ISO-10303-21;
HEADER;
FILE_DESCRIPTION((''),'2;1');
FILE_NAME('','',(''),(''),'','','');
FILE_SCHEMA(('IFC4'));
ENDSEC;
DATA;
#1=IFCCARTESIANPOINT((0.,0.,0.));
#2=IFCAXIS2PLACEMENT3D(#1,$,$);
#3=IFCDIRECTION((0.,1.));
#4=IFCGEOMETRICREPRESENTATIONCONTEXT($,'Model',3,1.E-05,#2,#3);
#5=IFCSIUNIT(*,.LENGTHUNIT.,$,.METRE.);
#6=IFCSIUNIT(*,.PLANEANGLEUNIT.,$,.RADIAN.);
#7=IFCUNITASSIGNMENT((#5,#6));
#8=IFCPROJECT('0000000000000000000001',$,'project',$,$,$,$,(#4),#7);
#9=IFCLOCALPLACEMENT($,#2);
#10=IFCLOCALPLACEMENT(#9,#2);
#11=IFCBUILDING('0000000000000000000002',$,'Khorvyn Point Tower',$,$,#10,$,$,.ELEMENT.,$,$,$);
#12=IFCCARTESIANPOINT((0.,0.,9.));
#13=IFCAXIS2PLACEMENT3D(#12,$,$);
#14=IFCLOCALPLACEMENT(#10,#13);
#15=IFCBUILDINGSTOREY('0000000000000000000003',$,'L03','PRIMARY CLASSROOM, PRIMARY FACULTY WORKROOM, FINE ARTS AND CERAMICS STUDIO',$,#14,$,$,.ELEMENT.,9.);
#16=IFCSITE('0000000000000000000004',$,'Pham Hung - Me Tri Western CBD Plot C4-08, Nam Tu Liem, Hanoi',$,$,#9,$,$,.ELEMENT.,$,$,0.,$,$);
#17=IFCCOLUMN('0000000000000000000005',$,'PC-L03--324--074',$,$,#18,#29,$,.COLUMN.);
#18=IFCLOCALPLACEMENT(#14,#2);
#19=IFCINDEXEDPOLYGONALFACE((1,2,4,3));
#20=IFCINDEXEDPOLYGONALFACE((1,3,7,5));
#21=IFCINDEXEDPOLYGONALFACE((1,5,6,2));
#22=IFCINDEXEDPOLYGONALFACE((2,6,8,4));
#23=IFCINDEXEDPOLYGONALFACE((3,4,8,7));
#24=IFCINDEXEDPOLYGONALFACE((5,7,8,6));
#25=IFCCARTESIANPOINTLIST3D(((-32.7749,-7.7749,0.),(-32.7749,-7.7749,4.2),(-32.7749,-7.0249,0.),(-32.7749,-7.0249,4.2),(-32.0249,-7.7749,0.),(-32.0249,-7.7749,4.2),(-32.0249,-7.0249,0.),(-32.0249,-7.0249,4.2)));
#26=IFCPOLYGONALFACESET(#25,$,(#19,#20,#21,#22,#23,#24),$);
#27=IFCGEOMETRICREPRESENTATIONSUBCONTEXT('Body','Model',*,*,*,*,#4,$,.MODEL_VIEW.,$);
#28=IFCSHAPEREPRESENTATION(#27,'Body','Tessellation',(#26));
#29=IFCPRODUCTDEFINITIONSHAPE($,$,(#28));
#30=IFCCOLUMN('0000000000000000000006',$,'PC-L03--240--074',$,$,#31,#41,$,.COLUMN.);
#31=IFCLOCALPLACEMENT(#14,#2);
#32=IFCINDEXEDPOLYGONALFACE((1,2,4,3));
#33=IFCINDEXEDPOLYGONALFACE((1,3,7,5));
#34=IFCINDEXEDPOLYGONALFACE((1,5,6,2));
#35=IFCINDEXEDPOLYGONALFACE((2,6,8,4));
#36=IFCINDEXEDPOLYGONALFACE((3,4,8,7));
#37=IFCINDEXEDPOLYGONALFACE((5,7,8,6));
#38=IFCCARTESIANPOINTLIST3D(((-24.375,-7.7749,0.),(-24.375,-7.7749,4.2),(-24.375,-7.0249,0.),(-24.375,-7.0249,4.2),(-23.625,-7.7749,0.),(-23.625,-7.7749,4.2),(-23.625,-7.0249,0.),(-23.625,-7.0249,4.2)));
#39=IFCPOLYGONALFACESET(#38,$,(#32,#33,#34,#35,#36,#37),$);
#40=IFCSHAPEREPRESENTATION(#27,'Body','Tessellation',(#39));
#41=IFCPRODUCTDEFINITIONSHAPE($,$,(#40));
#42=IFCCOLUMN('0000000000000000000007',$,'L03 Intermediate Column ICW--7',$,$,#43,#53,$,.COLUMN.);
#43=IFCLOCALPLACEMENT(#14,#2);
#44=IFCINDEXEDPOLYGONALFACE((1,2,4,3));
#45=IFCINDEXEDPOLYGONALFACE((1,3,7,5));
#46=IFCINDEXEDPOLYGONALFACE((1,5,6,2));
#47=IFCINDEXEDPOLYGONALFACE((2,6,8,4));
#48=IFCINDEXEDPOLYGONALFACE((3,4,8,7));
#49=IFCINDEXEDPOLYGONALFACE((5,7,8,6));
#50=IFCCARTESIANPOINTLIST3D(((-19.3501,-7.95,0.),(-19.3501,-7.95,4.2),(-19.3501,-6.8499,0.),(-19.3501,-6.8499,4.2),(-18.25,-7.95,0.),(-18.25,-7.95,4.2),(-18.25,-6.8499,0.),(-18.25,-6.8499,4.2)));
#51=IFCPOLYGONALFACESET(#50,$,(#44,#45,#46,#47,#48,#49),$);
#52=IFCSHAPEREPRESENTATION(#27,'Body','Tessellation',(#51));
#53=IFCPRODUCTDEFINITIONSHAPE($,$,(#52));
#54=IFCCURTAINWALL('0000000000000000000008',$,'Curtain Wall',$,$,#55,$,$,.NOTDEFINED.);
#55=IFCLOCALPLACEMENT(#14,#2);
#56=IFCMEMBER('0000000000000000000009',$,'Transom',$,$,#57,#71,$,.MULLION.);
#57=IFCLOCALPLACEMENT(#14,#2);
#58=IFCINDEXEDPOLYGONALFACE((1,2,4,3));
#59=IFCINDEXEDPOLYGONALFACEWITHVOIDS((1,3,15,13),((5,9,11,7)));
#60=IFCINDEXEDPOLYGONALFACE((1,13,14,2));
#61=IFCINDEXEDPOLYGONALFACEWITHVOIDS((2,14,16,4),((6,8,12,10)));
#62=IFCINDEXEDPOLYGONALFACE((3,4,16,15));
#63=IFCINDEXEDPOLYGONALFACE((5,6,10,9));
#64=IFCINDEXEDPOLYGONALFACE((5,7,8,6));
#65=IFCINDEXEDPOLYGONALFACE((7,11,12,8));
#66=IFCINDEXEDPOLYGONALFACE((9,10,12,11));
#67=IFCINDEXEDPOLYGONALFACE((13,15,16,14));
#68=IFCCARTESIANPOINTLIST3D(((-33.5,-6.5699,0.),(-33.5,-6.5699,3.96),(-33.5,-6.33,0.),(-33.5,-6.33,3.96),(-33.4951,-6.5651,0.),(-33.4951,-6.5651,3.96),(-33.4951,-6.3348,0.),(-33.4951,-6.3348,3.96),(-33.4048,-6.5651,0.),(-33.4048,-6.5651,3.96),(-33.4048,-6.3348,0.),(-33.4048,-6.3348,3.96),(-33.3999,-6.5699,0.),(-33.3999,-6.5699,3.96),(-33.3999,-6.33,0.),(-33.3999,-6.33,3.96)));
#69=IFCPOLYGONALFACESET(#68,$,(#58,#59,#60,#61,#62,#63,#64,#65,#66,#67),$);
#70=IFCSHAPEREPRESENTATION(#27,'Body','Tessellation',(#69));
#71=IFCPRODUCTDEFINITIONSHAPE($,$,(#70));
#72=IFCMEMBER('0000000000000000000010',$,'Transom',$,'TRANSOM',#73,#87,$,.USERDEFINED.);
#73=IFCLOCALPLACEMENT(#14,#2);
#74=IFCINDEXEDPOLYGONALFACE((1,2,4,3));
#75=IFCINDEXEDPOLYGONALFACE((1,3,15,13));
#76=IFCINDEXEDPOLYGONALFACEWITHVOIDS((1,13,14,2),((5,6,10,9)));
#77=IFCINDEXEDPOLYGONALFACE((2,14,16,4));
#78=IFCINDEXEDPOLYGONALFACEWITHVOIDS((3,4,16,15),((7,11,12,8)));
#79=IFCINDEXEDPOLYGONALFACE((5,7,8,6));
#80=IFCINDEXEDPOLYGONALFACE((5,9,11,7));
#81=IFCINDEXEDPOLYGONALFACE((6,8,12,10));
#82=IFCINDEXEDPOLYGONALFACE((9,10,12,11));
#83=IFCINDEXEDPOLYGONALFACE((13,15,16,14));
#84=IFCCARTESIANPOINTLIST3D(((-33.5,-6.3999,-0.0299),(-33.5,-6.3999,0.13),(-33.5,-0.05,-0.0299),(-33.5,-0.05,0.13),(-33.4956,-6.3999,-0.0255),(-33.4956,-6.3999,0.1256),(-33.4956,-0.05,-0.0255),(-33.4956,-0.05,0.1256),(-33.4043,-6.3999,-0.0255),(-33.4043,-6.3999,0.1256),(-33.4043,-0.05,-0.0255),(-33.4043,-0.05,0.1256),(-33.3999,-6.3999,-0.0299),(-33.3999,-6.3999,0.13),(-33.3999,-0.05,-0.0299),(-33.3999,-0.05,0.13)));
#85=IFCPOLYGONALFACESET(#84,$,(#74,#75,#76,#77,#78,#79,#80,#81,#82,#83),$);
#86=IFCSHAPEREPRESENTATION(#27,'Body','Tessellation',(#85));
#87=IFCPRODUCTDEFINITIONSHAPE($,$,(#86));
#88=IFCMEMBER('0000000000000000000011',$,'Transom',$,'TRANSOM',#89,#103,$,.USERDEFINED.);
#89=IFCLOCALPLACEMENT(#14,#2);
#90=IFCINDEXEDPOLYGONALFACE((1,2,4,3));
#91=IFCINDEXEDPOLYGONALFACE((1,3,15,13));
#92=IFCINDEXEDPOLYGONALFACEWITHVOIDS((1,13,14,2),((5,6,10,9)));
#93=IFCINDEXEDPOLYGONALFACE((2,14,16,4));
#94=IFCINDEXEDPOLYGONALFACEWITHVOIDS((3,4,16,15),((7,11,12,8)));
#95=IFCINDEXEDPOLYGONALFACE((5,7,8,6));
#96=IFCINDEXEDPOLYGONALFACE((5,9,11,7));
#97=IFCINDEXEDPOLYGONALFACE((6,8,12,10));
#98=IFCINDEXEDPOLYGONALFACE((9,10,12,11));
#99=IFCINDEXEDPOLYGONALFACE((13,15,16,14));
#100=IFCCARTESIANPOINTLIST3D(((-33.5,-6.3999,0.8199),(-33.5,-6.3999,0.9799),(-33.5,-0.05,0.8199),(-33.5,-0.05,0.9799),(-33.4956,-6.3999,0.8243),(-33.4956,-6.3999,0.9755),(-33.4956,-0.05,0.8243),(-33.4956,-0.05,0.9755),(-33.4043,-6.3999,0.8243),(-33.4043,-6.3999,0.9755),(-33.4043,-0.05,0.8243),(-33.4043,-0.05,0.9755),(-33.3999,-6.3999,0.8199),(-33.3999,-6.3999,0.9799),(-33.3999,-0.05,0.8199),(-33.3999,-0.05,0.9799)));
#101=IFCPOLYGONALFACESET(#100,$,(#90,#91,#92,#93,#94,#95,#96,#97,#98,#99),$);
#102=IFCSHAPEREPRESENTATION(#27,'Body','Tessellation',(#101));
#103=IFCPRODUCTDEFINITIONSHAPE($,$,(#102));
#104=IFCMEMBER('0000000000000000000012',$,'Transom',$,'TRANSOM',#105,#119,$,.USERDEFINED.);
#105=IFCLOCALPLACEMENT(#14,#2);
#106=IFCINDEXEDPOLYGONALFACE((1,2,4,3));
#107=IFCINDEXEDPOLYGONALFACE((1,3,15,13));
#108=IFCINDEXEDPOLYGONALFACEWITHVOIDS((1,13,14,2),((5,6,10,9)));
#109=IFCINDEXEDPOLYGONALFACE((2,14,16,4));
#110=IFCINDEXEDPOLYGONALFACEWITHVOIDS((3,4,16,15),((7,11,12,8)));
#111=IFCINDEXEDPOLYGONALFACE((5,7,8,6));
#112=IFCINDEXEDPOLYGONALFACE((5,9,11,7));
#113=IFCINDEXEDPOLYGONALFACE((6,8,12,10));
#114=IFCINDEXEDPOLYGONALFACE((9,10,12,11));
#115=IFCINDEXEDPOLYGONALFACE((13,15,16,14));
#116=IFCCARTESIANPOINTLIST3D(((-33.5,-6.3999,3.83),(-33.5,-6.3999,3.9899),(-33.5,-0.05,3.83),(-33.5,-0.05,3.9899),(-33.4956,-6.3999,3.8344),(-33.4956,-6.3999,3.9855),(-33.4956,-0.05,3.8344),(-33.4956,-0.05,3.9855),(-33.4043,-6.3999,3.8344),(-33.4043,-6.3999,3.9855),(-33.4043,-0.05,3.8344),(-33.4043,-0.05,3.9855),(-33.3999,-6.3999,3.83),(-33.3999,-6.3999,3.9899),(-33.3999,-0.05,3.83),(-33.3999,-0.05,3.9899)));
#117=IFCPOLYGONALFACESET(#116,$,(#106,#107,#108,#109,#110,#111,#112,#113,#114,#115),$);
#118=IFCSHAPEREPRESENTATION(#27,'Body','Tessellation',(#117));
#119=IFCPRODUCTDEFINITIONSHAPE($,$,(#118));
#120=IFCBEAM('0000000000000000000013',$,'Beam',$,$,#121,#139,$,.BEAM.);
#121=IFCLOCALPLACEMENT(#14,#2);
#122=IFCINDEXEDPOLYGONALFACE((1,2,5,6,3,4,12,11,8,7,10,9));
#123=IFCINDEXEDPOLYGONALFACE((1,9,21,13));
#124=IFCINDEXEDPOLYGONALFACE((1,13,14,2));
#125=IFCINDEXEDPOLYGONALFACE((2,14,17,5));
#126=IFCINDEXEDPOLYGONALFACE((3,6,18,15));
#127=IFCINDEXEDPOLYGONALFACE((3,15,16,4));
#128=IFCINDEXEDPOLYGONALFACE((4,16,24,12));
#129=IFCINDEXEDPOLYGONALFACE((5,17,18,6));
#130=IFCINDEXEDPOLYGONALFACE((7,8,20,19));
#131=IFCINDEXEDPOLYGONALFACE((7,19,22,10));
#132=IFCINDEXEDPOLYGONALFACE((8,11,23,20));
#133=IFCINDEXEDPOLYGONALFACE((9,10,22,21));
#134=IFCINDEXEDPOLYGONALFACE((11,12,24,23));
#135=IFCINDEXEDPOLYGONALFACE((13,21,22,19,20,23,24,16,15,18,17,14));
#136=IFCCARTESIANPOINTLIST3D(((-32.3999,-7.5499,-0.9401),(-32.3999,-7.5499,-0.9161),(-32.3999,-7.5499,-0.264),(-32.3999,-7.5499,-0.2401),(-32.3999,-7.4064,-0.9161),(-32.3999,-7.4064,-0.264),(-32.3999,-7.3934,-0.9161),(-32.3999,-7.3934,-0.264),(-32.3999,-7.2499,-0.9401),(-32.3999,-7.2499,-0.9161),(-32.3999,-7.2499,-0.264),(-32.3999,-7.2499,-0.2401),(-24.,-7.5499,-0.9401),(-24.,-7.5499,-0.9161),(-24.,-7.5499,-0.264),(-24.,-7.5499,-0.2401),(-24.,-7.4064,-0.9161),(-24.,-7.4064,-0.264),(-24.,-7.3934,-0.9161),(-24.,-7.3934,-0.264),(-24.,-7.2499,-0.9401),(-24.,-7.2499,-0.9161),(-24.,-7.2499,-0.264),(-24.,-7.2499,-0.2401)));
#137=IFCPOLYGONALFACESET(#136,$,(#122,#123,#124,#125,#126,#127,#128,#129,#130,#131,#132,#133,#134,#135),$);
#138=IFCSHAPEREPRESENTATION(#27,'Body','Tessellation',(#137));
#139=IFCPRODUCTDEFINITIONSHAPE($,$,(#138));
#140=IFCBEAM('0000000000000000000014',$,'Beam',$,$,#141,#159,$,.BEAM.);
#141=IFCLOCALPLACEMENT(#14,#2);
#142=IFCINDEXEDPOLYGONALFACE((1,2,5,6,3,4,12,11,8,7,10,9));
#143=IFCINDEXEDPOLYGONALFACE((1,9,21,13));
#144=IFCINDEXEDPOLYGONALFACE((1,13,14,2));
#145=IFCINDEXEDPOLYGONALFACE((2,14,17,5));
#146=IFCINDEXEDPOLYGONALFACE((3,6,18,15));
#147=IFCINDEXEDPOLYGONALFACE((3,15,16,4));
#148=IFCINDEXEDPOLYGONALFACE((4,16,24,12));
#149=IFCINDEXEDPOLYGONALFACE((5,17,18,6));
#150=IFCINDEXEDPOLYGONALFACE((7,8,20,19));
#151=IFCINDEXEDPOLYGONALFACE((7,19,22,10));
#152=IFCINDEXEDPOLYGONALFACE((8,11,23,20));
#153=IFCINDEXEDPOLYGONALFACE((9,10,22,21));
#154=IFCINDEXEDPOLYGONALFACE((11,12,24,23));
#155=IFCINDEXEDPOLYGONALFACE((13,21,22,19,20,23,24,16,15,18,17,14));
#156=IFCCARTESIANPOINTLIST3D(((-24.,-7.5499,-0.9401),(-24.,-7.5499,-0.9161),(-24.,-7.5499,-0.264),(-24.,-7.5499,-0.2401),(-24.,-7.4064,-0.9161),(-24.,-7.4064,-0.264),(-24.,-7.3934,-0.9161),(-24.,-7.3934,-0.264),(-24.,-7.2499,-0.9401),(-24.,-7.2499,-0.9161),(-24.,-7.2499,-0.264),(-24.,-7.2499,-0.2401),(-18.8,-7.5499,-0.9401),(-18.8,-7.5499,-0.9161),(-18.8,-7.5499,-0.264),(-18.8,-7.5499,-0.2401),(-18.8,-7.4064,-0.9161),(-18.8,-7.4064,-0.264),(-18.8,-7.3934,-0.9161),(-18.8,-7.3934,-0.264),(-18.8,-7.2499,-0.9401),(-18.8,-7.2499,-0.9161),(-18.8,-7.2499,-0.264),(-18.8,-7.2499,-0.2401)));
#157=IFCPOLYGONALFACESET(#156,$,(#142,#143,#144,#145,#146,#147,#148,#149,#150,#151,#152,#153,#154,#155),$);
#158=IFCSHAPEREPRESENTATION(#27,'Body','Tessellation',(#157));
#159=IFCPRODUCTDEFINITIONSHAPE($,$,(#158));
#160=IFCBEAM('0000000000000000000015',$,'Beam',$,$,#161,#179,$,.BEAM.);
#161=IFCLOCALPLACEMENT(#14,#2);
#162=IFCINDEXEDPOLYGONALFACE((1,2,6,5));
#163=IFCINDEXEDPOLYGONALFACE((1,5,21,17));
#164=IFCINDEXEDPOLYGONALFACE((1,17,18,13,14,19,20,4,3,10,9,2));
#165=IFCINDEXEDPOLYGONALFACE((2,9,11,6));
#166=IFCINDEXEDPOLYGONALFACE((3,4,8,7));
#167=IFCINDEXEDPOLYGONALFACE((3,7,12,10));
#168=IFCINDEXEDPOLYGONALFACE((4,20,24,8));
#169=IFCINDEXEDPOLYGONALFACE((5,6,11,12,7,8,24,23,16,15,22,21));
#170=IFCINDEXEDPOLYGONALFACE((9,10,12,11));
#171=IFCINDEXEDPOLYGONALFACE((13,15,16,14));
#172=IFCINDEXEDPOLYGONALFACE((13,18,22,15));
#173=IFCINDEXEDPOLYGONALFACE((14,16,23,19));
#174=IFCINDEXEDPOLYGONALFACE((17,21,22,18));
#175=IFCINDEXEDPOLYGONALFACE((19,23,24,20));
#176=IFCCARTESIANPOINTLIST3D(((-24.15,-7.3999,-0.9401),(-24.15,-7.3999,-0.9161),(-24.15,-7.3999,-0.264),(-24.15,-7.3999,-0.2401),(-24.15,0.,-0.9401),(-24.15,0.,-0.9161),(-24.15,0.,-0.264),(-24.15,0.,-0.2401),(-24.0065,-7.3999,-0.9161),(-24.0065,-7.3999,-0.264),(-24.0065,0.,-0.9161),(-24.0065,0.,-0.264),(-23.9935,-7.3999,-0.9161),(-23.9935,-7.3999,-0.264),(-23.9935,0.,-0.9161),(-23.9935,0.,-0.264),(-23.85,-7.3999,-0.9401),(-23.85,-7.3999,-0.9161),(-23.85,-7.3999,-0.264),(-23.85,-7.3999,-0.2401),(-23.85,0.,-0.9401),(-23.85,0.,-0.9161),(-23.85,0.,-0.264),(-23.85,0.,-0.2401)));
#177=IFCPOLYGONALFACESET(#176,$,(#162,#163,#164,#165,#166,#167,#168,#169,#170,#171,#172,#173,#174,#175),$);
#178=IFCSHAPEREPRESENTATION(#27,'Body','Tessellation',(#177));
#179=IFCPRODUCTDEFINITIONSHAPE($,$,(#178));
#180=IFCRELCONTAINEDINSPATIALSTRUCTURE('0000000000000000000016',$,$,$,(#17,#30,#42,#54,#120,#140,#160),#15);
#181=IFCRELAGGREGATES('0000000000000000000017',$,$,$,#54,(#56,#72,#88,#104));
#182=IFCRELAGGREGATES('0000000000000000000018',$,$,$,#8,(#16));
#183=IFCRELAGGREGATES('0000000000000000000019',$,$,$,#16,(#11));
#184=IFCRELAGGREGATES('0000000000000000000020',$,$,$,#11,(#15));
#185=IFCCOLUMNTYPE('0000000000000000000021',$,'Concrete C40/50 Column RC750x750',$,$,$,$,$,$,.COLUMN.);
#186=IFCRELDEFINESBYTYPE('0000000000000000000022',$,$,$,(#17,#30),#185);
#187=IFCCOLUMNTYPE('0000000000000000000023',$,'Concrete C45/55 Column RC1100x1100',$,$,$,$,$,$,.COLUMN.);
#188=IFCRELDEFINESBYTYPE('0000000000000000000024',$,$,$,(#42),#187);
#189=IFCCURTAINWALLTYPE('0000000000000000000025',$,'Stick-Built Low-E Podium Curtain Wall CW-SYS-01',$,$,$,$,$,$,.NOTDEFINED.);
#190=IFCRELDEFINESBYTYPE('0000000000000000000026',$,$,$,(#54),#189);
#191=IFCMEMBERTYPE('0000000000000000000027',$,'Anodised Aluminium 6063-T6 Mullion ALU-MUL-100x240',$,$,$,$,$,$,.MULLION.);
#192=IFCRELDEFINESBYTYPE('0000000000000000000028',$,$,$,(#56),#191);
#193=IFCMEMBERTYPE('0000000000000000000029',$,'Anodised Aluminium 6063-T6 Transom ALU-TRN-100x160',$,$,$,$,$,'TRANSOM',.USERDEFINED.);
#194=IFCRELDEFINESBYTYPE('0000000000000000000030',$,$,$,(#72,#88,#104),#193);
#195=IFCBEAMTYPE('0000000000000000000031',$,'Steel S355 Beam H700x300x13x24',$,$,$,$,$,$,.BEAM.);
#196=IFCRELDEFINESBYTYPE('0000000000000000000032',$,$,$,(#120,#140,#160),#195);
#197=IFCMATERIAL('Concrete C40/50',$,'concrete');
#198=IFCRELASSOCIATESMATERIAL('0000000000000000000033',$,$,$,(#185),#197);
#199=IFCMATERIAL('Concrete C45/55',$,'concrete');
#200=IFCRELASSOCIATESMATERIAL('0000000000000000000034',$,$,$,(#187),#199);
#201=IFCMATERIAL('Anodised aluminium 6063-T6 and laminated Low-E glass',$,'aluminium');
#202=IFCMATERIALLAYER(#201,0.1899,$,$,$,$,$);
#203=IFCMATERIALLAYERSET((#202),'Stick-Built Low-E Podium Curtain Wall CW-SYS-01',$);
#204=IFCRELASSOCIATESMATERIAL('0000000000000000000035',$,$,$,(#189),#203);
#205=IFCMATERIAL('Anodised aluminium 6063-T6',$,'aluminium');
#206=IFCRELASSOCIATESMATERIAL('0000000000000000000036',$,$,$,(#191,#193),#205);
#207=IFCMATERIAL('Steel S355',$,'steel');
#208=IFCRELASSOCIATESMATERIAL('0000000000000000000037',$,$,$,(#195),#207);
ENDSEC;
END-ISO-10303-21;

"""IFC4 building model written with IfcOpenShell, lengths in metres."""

from ifc_helpers import new_model, si_unit, direction, frame, origin, origin_2d, place, context, subcontext, project, spatial, rectangle, hollow_rectangle, i_section, extrude, material, layer, layer_set, material_profile, profile_set, type_object, element, aggregate, save


model = new_model("IFC4")

# Units and contexts
model_context = context("Model", 3, precision=1e-05, world=origin(), true_north=direction((0.0, 1.0)))
body_context = subcontext(model_context, "Body", "Model", "MODEL_VIEW")
ifc_project = project(units=[si_unit("LENGTHUNIT", "METRE"), si_unit("PLANEANGLEUNIT", "RADIAN")], contexts=[model_context])

# Site, building, storey
site_placement = place(None, origin())
site = spatial("IfcSite", under=ifc_project, at=site_placement, Name="Pham Hung - Me Tri Western CBD Plot C4-08, Nam Tu Liem, Hanoi", CompositionType="ELEMENT", RefElevation=0.0)
building_placement = place(site_placement, origin())
building = spatial("IfcBuilding", under=site, at=building_placement, Name="Khorvyn Point Tower", CompositionType="ELEMENT")
storey_placement = place(building_placement, frame((0.0, 0.0, 9.0)))
storey = spatial("IfcBuildingStorey", under=building, at=storey_placement, Name="L03", Description="PRIMARY CLASSROOM, PRIMARY FACULTY WORKROOM, FINE ARTS AND CERAMICS STUDIO", CompositionType="ELEMENT", Elevation=9.0)

# Columns
ifc_material_1 = material(Name="Concrete C40/50", Category="concrete")
ifc_material_profile_1 = material_profile(ifc_material_1, rectangle(XDim=0.75, YDim=0.75, at=origin_2d()))
ifc_profile_set_1 = profile_set([ifc_material_profile_1], Name="Concrete C40/50 RC750x750")
column_type_1 = type_object("IfcColumnType", Name="Concrete C40/50 Column RC750x750", PredefinedType="COLUMN", material=ifc_profile_set_1)
for number, where, z_axis, x_axis, name in (
    (1, (-32.3999, -7.3999, 0.0), (0.0, 0.0, 1.0), (1.0, 0.0, 0.0), "PC-L03--324--074"),
    (2, (-24.0, -7.3999, 0.0), (0.0, 0.0, 1.0), (1.0, 0.0, 0.0), "PC-L03--240--074"),
):
    element("IfcColumn", number, at=place(storey_placement, frame(where, z_axis=z_axis, x_axis=x_axis)), inside=storey, type_object=column_type_1, Name=name, PredefinedType="COLUMN", context=body_context, shape_type="SweptSolid", body=[
        extrude(rectangle(XDim=0.75, YDim=0.75, at=origin_2d()), origin(), (0.0, 0.0, 1.0), 4.2),
    ])
ifc_material_2 = material(Name="Concrete C45/55", Category="concrete")
ifc_material_profile_2 = material_profile(ifc_material_2, rectangle(XDim=1.1001, YDim=1.1001, at=origin_2d()))
ifc_profile_set_2 = profile_set([ifc_material_profile_2], Name="Concrete C45/55 RC1100x1100")
column_type_2 = type_object("IfcColumnType", Name="Concrete C45/55 Column RC1100x1100", PredefinedType="COLUMN", material=ifc_profile_set_2)
column_placement = place(storey_placement, frame((-18.8, -7.3999, 0.0), z_axis=(0.0, 0.0, 1.0), x_axis=(1.0, 0.0, 0.0)))
element("IfcColumn", 3, at=column_placement, inside=storey, type_object=column_type_2, Name="L03 Intermediate Column ICW--7", PredefinedType="COLUMN", context=body_context, shape_type="SweptSolid", body=[
    extrude(rectangle(XDim=1.1001, YDim=1.1001, at=origin_2d()), origin(), (0.0, 0.0, 1.0), 4.2),
])

# Curtain wall, members
ifc_material_3 = material(Name="Anodised aluminium 6063-T6 and laminated Low-E glass", Category="aluminium")
ifc_layer_1 = layer(ifc_material_3, 0.1899)
ifc_layer_set_1 = layer_set([ifc_layer_1], Name="Stick-Built Low-E Podium Curtain Wall CW-SYS-01")
curtain_wall_type = type_object("IfcCurtainWallType", Name="Stick-Built Low-E Podium Curtain Wall CW-SYS-01", PredefinedType="NOTDEFINED", material=ifc_layer_set_1)
curtain_wall_placement = place(storey_placement, origin())
curtain_wall = element("IfcCurtainWall", 4, at=curtain_wall_placement, inside=storey, type_object=curtain_wall_type, Name="Curtain Wall", PredefinedType="NOTDEFINED")
ifc_material_4 = material(Name="Anodised aluminium 6063-T6", Category="aluminium")
ifc_material_profile_3 = material_profile(ifc_material_4, hollow_rectangle(XDim=0.1001, YDim=0.24, WallThickness=0.0049, at=origin_2d()))
ifc_profile_set_3 = profile_set([ifc_material_profile_3], Name="Anodised aluminium 6063-T6 ALU-MUL-100x240")
member_type_1 = type_object("IfcMemberType", Name="Anodised Aluminium 6063-T6 Mullion ALU-MUL-100x240", PredefinedType="MULLION", material=ifc_profile_set_3)
member_1_placement = place(storey_placement, frame((-33.45, -6.45, 0.0), z_axis=(0.0, 0.0, 1.0), x_axis=(-1.0, 0.0, 0.0)))
member_1 = element("IfcMember", 5, at=member_1_placement, type_object=member_type_1, Name="Transom", PredefinedType="MULLION", context=body_context, shape_type="SweptSolid", body=[
    extrude(hollow_rectangle(XDim=0.1001, YDim=0.24, WallThickness=0.0049, at=origin_2d()), origin(), (0.0, 0.0, 1.0), 3.96),
])
ifc_material_profile_4 = material_profile(ifc_material_4, hollow_rectangle(XDim=0.1001, YDim=0.1599, WallThickness=0.0044, at=origin_2d()))
ifc_profile_set_4 = profile_set([ifc_material_profile_4], Name="Anodised aluminium 6063-T6 ALU-TRN-100x160")
member_type_2 = type_object("IfcMemberType", Name="Anodised Aluminium 6063-T6 Transom ALU-TRN-100x160", ElementType="TRANSOM", PredefinedType="USERDEFINED", material=ifc_profile_set_4)
member_2_placement = place(storey_placement, frame((-33.45, -6.3999, 0.05), z_axis=(0.0, 1.0, 0.0), x_axis=(-1.0, 0.0, 0.0)))
member_2 = element("IfcMember", 6, at=member_2_placement, type_object=member_type_2, Name="Transom", ObjectType="TRANSOM", PredefinedType="USERDEFINED", context=body_context, shape_type="SweptSolid", body=[
    extrude(hollow_rectangle(XDim=0.1001, YDim=0.1599, WallThickness=0.0044, at=origin_2d()), origin(), (0.0, 0.0, 1.0), 6.3499),
])
member_3_placement = place(storey_placement, frame((-33.45, -6.3999, 0.8999), z_axis=(0.0, 1.0, 0.0), x_axis=(-1.0, 0.0, 0.0)))
member_3 = element("IfcMember", 7, at=member_3_placement, type_object=member_type_2, Name="Transom", ObjectType="TRANSOM", PredefinedType="USERDEFINED", context=body_context, shape_type="SweptSolid", body=[
    extrude(hollow_rectangle(XDim=0.1001, YDim=0.1599, WallThickness=0.0044, at=origin_2d()), origin(), (0.0, 0.0, 1.0), 6.3499),
])
member_4_placement = place(storey_placement, frame((-33.45, -6.3999, 3.9099), z_axis=(0.0, 1.0, 0.0), x_axis=(-1.0, 0.0, 0.0)))
member_4 = element("IfcMember", 8, at=member_4_placement, type_object=member_type_2, Name="Transom", ObjectType="TRANSOM", PredefinedType="USERDEFINED", context=body_context, shape_type="SweptSolid", body=[
    extrude(hollow_rectangle(XDim=0.1001, YDim=0.1599, WallThickness=0.0044, at=origin_2d()), origin(), (0.0, 0.0, 1.0), 6.3499),
])

# Beams
ifc_material_5 = material(Name="Steel S355", Category="steel")
ifc_material_profile_5 = material_profile(ifc_material_5, i_section(OverallWidth=0.3, OverallDepth=0.7, WebThickness=0.0129, FlangeThickness=0.0239, at=origin_2d()))
ifc_profile_set_5 = profile_set([ifc_material_profile_5], Name="Steel S355 H700x300x13x24")
beam_type_1 = type_object("IfcBeamType", Name="Steel S355 Beam H700x300x13x24", PredefinedType="BEAM", material=ifc_profile_set_5)
beam_1_placement = place(storey_placement, frame((-32.3999, -7.3999, -0.5901), z_axis=(1.0, 0.0, 0.0), x_axis=(0.0, 1.0, 0.0)))
element("IfcBeam", 9, at=beam_1_placement, inside=storey, type_object=beam_type_1, Name="Beam", PredefinedType="BEAM", context=body_context, shape_type="SweptSolid", body=[
    extrude(i_section(OverallWidth=0.3, OverallDepth=0.7, WebThickness=0.0129, FlangeThickness=0.0239, at=origin_2d()), origin(), (0.0, 0.0, 1.0), 8.3999),
])
beam_2_placement = place(storey_placement, frame((-24.0, -7.3999, -0.5901), z_axis=(1.0, 0.0, 0.0), x_axis=(0.0, 1.0, 0.0)))
element("IfcBeam", 10, at=beam_2_placement, inside=storey, type_object=beam_type_1, Name="Beam", PredefinedType="BEAM", context=body_context, shape_type="SweptSolid", body=[
    extrude(i_section(OverallWidth=0.3, OverallDepth=0.7, WebThickness=0.0129, FlangeThickness=0.0239, at=origin_2d()), origin(), (0.0, 0.0, 1.0), 5.2),
])
beam_3_placement = place(storey_placement, frame((-24.0, -7.3999, -0.5901), z_axis=(0.0, 1.0, 0.0), x_axis=(-1.0, 0.0, 0.0)))
element("IfcBeam", 11, at=beam_3_placement, inside=storey, type_object=beam_type_1, Name="Beam", PredefinedType="BEAM", context=body_context, shape_type="SweptSolid", body=[
    extrude(i_section(OverallWidth=0.3, OverallDepth=0.7, WebThickness=0.0129, FlangeThickness=0.0239, at=origin_2d()), origin(), (0.0, 0.0, 1.0), 7.3999),
])

aggregate(curtain_wall, [member_1, member_2, member_3, member_4])

save(model, "model.ifc")
